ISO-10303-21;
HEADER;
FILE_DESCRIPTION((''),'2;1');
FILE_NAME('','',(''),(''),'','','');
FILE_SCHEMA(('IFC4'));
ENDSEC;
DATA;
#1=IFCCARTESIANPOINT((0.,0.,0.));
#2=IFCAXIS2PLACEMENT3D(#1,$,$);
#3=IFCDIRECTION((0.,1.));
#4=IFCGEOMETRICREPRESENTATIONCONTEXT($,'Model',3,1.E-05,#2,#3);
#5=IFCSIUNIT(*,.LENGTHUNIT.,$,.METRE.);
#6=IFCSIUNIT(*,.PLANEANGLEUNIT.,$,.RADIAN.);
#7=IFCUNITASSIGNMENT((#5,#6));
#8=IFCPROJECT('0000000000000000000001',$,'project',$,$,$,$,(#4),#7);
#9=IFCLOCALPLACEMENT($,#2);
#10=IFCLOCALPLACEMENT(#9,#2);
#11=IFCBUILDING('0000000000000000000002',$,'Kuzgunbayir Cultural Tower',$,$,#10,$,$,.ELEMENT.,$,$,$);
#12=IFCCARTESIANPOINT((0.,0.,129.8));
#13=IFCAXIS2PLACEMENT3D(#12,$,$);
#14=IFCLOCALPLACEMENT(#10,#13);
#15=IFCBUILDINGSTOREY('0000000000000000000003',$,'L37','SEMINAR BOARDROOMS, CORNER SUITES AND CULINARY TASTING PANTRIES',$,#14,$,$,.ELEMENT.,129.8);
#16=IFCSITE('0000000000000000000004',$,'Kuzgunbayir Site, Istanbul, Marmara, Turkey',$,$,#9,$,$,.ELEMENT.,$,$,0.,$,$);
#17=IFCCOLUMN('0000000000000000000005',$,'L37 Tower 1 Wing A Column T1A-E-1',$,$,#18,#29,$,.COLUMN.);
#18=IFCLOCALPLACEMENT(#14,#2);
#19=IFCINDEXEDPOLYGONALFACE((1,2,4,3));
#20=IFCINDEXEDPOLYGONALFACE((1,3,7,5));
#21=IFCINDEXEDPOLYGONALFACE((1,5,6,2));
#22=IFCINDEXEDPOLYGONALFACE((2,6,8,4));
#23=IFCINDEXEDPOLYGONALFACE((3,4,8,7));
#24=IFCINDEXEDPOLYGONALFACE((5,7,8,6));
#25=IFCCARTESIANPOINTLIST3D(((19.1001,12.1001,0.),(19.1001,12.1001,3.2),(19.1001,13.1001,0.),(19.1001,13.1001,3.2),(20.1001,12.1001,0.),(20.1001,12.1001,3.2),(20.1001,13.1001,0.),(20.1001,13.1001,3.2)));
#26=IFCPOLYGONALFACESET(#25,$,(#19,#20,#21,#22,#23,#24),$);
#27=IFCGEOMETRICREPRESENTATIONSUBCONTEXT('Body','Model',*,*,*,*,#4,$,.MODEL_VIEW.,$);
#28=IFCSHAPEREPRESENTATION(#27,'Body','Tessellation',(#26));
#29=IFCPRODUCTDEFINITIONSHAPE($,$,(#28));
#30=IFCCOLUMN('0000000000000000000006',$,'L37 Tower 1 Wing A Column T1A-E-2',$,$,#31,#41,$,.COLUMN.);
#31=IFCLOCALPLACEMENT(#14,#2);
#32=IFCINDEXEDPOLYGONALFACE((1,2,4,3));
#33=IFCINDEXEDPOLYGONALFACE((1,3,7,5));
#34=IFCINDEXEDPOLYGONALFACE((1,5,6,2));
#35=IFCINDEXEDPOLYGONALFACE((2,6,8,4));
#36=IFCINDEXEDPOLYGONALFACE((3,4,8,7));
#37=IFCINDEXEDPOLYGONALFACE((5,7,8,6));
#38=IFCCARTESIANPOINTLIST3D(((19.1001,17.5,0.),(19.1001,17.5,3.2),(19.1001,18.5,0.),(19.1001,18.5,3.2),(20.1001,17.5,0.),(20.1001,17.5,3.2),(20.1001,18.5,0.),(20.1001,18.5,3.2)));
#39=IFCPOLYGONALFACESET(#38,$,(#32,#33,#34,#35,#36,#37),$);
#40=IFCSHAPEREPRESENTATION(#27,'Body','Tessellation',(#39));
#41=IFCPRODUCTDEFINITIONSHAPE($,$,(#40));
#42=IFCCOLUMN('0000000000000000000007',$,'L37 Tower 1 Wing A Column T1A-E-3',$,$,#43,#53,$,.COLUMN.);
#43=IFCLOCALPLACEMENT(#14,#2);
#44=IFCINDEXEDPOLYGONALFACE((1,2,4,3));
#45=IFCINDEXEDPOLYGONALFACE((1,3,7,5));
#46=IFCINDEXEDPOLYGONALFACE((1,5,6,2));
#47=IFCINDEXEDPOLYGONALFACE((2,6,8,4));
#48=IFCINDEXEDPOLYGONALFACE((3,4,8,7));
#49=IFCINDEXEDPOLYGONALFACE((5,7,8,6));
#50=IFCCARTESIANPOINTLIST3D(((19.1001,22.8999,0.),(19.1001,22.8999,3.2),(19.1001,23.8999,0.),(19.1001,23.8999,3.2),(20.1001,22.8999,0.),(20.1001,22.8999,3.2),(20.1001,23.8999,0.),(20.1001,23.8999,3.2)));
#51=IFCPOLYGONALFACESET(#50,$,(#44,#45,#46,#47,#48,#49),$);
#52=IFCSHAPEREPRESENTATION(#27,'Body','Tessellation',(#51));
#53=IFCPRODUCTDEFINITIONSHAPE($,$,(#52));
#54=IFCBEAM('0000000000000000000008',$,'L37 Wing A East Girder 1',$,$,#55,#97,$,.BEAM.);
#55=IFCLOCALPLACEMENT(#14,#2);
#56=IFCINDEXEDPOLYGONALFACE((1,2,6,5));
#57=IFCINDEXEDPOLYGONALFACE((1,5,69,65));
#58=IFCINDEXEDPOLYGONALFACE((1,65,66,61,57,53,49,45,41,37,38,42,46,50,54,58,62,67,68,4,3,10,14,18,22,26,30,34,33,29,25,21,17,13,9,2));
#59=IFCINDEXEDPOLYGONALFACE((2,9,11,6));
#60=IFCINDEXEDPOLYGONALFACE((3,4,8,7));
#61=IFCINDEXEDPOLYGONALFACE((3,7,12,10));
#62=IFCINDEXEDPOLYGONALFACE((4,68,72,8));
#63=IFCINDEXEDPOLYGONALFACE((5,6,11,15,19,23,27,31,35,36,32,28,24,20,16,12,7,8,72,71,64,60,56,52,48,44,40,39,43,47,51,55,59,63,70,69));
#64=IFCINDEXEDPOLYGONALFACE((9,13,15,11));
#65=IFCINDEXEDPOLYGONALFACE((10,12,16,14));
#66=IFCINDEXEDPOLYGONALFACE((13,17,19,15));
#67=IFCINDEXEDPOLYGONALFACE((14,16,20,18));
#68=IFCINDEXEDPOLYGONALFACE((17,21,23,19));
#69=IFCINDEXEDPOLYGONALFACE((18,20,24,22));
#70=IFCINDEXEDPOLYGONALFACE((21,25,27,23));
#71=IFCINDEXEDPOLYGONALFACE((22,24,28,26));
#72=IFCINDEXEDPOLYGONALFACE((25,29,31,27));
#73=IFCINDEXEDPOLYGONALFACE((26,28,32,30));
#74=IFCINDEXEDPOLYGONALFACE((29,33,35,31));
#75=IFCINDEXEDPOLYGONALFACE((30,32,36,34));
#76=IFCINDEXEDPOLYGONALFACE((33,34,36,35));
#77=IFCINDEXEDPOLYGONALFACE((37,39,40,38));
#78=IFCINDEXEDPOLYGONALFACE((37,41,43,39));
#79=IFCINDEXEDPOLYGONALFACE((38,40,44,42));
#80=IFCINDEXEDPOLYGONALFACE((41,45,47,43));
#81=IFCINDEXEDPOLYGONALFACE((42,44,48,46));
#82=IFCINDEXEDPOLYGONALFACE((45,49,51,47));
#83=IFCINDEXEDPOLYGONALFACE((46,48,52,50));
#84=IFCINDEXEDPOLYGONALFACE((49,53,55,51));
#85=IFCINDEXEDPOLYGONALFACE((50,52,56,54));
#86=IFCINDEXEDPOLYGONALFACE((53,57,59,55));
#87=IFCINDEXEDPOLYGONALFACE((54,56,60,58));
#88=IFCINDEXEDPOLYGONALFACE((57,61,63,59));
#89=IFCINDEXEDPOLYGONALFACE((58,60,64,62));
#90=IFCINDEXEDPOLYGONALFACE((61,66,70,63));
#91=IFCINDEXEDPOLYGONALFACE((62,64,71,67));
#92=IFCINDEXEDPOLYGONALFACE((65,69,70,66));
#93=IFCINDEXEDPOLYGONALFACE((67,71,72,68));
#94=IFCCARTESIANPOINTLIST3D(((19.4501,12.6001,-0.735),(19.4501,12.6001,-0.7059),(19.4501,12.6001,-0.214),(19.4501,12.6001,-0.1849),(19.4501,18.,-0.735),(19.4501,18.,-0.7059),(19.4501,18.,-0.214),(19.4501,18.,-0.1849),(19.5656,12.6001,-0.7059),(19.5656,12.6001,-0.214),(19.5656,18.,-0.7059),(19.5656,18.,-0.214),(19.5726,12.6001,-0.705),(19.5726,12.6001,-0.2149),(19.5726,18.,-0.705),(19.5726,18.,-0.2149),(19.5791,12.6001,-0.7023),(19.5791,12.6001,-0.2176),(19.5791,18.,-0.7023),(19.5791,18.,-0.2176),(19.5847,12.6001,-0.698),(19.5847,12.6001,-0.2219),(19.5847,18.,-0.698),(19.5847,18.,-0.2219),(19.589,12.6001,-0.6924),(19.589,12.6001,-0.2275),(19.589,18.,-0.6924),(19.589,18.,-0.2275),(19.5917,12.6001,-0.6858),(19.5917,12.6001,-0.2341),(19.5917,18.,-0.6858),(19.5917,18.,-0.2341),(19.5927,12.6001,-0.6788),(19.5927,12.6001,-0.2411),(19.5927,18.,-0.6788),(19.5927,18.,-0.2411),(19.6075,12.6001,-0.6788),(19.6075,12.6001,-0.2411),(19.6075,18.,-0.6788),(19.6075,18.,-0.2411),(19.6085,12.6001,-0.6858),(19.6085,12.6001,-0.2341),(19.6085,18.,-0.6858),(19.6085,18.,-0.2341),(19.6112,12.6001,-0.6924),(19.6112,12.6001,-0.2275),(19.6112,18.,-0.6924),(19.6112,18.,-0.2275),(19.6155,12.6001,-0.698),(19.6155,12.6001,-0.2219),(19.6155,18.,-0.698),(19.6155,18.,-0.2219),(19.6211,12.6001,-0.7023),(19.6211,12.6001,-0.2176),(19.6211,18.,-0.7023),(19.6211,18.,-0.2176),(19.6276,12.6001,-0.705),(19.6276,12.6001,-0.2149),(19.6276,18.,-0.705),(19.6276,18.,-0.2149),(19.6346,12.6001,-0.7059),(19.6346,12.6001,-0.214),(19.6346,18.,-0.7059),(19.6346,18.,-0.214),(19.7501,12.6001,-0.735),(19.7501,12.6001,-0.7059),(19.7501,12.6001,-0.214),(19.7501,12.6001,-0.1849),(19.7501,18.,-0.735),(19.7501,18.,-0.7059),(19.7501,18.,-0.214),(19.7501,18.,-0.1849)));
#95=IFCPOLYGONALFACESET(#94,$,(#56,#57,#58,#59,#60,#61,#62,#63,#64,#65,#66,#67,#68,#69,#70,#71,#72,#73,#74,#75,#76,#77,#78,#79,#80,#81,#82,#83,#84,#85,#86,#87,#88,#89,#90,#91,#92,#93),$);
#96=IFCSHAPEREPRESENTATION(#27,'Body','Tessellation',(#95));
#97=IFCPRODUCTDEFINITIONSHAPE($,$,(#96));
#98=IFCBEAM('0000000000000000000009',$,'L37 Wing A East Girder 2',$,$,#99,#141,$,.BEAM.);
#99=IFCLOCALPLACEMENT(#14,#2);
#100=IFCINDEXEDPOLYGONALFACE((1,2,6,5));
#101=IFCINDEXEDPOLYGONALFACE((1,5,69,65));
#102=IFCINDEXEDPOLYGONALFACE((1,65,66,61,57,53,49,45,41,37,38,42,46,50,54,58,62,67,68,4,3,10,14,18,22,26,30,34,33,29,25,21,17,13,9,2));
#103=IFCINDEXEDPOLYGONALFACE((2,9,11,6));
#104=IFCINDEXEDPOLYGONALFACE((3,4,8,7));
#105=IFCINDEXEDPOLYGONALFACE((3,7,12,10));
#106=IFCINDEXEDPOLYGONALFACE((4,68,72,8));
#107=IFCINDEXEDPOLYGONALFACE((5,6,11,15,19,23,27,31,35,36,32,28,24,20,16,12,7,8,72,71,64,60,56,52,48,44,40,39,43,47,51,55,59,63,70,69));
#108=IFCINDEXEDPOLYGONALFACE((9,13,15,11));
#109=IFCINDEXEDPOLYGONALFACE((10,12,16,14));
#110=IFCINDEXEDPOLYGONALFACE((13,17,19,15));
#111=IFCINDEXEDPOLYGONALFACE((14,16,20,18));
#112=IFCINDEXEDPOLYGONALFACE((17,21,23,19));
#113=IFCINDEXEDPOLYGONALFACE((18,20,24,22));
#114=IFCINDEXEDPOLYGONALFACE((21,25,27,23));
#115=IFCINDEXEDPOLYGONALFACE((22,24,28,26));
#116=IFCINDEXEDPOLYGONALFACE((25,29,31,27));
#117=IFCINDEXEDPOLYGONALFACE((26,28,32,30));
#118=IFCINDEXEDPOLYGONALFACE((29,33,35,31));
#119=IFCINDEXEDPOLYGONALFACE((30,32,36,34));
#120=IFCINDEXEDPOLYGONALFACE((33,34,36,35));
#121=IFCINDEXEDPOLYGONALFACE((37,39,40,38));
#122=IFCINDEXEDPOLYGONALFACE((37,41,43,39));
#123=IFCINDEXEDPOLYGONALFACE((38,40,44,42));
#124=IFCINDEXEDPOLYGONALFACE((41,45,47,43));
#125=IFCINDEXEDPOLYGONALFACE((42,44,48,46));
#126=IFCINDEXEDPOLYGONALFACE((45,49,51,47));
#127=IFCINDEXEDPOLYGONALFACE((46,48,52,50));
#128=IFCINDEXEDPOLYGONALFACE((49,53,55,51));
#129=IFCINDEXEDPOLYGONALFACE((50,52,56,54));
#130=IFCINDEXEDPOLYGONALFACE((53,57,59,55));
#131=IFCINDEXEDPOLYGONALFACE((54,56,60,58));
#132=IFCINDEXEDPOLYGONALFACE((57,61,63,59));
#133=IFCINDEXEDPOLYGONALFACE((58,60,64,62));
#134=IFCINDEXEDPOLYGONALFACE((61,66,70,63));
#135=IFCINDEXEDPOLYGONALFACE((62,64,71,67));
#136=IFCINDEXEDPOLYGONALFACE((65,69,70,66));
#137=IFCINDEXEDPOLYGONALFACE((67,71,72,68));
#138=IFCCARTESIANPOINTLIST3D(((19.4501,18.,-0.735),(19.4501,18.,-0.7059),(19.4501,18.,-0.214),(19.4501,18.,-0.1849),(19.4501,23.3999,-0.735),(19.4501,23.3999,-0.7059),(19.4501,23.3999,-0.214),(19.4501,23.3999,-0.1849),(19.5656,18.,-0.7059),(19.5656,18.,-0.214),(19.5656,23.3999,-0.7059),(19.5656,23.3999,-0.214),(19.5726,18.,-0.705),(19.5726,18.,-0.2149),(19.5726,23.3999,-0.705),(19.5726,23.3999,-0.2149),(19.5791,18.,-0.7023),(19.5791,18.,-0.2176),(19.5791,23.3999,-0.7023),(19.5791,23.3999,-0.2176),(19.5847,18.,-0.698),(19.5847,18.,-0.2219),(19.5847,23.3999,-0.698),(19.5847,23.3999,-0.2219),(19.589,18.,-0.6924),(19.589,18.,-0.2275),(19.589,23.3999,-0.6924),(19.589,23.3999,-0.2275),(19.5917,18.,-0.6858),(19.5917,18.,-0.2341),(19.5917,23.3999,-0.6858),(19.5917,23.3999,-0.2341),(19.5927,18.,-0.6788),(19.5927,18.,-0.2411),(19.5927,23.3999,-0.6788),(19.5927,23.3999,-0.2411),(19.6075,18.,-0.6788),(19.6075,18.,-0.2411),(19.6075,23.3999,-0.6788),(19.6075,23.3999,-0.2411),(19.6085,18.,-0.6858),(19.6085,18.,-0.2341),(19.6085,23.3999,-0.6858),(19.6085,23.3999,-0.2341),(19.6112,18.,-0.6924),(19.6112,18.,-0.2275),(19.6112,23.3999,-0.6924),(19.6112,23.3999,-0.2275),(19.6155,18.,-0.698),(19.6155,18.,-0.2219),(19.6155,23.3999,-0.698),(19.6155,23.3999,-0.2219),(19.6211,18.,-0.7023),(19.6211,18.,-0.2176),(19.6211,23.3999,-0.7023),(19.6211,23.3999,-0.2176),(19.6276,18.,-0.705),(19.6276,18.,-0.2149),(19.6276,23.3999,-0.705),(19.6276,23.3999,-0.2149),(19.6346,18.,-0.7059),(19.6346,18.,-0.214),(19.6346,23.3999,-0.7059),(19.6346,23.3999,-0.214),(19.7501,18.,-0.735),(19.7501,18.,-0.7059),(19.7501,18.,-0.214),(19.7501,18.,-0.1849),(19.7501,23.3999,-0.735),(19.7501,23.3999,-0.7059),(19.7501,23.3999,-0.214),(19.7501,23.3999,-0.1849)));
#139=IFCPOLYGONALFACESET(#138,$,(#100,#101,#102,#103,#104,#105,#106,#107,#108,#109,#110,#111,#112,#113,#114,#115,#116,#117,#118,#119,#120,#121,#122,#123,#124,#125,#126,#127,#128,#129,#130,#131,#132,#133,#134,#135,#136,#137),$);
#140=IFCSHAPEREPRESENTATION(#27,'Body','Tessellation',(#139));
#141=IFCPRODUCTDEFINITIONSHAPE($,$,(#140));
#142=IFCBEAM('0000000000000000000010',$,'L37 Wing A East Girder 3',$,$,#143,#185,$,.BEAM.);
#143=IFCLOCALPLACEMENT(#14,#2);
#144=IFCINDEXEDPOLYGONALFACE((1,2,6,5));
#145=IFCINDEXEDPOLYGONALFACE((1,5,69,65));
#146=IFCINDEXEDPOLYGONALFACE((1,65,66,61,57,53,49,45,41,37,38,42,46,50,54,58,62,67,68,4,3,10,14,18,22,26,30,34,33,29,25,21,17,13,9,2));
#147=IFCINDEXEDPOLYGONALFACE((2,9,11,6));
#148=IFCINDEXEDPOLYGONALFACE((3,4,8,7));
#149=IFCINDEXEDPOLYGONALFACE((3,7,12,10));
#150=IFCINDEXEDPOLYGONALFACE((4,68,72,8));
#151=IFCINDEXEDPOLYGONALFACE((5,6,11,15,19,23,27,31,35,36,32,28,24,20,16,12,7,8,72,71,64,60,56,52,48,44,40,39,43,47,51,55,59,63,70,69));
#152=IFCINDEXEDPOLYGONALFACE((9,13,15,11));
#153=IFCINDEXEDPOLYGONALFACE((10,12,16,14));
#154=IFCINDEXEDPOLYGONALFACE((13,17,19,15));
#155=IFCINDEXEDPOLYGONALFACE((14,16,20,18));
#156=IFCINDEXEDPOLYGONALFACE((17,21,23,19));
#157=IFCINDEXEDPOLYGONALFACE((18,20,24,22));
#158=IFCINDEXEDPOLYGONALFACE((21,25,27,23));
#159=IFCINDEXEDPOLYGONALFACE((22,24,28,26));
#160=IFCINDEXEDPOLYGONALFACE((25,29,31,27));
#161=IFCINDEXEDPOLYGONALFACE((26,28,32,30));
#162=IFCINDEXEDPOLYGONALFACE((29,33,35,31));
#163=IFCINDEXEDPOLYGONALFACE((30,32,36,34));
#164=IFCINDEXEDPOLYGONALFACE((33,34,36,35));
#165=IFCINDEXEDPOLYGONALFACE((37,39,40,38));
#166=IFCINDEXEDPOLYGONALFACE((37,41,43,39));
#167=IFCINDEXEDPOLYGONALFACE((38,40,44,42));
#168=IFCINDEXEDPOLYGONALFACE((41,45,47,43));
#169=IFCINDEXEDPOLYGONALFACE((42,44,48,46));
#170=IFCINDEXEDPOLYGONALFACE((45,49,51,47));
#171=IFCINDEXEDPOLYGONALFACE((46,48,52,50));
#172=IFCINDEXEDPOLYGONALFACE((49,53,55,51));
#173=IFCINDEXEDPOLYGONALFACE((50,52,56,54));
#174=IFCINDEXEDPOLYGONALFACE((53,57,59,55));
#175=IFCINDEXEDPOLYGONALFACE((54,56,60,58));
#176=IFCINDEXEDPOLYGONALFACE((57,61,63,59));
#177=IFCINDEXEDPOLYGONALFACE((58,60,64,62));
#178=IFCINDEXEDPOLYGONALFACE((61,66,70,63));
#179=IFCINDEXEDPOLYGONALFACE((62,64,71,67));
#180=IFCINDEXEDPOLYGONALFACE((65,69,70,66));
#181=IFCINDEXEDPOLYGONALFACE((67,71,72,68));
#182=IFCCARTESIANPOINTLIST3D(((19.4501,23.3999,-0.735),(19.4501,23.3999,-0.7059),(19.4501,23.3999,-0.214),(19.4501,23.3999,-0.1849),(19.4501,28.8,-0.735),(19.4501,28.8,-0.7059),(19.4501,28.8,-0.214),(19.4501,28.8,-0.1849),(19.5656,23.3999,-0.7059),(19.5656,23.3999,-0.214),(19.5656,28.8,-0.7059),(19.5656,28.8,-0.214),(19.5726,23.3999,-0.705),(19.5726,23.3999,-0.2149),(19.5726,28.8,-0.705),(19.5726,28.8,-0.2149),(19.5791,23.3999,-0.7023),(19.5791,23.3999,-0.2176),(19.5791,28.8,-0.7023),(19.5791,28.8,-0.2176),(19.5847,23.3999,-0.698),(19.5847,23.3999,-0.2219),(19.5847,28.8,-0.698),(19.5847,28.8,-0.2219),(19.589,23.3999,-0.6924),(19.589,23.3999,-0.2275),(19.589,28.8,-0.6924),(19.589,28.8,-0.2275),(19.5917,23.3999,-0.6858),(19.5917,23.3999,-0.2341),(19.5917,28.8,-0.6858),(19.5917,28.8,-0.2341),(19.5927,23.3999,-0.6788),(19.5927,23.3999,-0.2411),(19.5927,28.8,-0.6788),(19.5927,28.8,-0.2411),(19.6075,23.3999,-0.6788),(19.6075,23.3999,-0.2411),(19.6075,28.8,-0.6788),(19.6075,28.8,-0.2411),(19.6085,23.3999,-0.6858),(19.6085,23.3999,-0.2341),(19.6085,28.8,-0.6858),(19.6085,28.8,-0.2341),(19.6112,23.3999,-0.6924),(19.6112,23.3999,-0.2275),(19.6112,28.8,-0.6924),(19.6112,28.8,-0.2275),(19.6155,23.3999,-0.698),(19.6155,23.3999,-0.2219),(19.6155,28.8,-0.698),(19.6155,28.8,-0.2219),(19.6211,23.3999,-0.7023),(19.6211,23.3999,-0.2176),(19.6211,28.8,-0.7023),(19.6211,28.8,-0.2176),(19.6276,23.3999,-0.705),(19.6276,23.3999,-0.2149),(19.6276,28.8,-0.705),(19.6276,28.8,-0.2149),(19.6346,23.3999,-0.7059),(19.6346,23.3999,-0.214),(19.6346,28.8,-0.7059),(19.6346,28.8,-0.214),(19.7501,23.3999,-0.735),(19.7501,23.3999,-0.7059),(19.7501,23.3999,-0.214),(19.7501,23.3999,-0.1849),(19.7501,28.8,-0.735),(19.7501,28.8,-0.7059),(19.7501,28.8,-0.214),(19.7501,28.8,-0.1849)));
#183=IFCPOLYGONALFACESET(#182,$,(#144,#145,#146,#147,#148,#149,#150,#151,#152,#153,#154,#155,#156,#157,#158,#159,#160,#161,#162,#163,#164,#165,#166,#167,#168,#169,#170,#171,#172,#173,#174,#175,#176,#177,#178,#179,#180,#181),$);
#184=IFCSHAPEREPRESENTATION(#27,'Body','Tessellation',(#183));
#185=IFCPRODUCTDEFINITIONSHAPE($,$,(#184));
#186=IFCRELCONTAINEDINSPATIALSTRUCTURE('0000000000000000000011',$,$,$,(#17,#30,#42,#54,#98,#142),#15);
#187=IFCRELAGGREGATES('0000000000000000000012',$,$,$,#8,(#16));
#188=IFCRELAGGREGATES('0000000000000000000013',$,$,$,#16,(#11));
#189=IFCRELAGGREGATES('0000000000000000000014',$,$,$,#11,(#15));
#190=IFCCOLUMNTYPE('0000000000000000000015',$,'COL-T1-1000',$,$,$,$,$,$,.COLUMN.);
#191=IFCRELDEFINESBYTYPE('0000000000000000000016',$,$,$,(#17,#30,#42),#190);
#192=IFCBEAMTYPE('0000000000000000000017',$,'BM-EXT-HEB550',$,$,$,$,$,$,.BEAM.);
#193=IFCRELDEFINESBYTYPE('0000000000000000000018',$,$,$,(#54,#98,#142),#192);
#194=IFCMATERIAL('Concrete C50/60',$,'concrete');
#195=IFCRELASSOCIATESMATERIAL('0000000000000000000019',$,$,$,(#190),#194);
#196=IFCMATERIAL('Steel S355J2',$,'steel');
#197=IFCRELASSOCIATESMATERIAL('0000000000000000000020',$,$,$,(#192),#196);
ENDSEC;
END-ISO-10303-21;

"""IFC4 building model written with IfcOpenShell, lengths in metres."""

from ifc_helpers import new_model, si_unit, direction, frame, origin, origin_2d, place, context, subcontext, project, spatial, rectangle, i_section, extrude, material, material_profile, profile_set, type_object, element, save


model = new_model("IFC4")

# Units and contexts
model_context = context("Model", 3, precision=1e-05, world=origin(), true_north=direction((0.0, 1.0)))
body_context = subcontext(model_context, "Body", "Model", "MODEL_VIEW")
ifc_project = project(units=[si_unit("LENGTHUNIT", "METRE"), si_unit("PLANEANGLEUNIT", "RADIAN")], contexts=[model_context])

# Site, building, storey
site_placement = place(None, origin())
site = spatial("IfcSite", under=ifc_project, at=site_placement, Name="Kuzgunbayir Site, Istanbul, Marmara, Turkey", CompositionType="ELEMENT", RefElevation=0.0)
building_placement = place(site_placement, origin())
building = spatial("IfcBuilding", under=site, at=building_placement, Name="Kuzgunbayir Cultural Tower", CompositionType="ELEMENT")
storey_placement = place(building_placement, frame((0.0, 0.0, 129.8)))
storey = spatial("IfcBuildingStorey", under=building, at=storey_placement, Name="L37", Description="SEMINAR BOARDROOMS, CORNER SUITES AND CULINARY TASTING PANTRIES", CompositionType="ELEMENT", Elevation=129.8)

# Columns
ifc_material_1 = material(Name="Concrete C50/60", Category="concrete")
ifc_material_profile_1 = material_profile(ifc_material_1, rectangle(XDim=1.0, YDim=1.0, at=origin_2d()), Name="RC 1000x1000")
ifc_profile_set_1 = profile_set([ifc_material_profile_1], Name="Concrete C50/60")
column_type = type_object("IfcColumnType", Name="COL-T1-1000", PredefinedType="COLUMN", material=ifc_profile_set_1)
for number, where, z_axis, x_axis, name in (
    (1, (19.6001, 12.6001, 0.0), (0.0, 0.0, 1.0), (1.0, 0.0, 0.0), "L37 Tower 1 Wing A Column T1A-E-1"),
    (2, (19.6001, 18.0, 0.0), (0.0, 0.0, 1.0), (1.0, 0.0, 0.0), "L37 Tower 1 Wing A Column T1A-E-2"),
    (3, (19.6001, 23.3999, 0.0), (0.0, 0.0, 1.0), (1.0, 0.0, 0.0), "L37 Tower 1 Wing A Column T1A-E-3"),
):
    element("IfcColumn", number, at=place(storey_placement, frame(where, z_axis=z_axis, x_axis=x_axis)), inside=storey, type_object=column_type, Name=name, PredefinedType="COLUMN", context=body_context, shape_type="SweptSolid", body=[
        extrude(rectangle(XDim=1.0, YDim=1.0, at=origin_2d()), origin(), (0.0, 0.0, 1.0), 3.2),
    ])

# Beams
ifc_material_2 = material(Name="Steel S355J2", Category="steel")
ifc_material_profile_2 = material_profile(ifc_material_2, i_section(OverallWidth=0.3, OverallDepth=0.55, WebThickness=0.0149, FlangeThickness=0.0291, FilletRadius=0.0271, at=origin_2d()), Name="HEB 550")
ifc_profile_set_2 = profile_set([ifc_material_profile_2], Name="Steel S355J2")
beam_type = type_object("IfcBeamType", Name="BM-EXT-HEB550", PredefinedType="BEAM", material=ifc_profile_set_2)
for number, where, z_axis, x_axis, name in (
    (4, (19.6001, 12.6001, -0.46), (0.0, 1.0, 0.0), (-1.0, 0.0, 0.0), "L37 Wing A East Girder 1"),
    (5, (19.6001, 18.0, -0.46), (0.0, 1.0, 0.0), (-1.0, 0.0, 0.0), "L37 Wing A East Girder 2"),
):
    element("IfcBeam", number, at=place(storey_placement, frame(where, z_axis=z_axis, x_axis=x_axis)), inside=storey, type_object=beam_type, Name=name, PredefinedType="BEAM", context=body_context, shape_type="SweptSolid", body=[
        extrude(i_section(OverallWidth=0.3, OverallDepth=0.55, WebThickness=0.0149, FlangeThickness=0.0291, FilletRadius=0.0271, at=origin_2d()), origin(), (0.0, 0.0, 1.0), 5.3999),
    ])
beam_placement = place(storey_placement, frame((19.6001, 23.3999, -0.46), z_axis=(0.0, 1.0, 0.0), x_axis=(-1.0, 0.0, 0.0)))
element("IfcBeam", 6, at=beam_placement, inside=storey, type_object=beam_type, Name="L37 Wing A East Girder 3", PredefinedType="BEAM", context=body_context, shape_type="SweptSolid", body=[
    extrude(i_section(OverallWidth=0.3, OverallDepth=0.55, WebThickness=0.0149, FlangeThickness=0.0291, FilletRadius=0.0271, at=origin_2d()), origin(), (0.0, 0.0, 1.0), 5.4001),
])

save(model, "model.ifc")
